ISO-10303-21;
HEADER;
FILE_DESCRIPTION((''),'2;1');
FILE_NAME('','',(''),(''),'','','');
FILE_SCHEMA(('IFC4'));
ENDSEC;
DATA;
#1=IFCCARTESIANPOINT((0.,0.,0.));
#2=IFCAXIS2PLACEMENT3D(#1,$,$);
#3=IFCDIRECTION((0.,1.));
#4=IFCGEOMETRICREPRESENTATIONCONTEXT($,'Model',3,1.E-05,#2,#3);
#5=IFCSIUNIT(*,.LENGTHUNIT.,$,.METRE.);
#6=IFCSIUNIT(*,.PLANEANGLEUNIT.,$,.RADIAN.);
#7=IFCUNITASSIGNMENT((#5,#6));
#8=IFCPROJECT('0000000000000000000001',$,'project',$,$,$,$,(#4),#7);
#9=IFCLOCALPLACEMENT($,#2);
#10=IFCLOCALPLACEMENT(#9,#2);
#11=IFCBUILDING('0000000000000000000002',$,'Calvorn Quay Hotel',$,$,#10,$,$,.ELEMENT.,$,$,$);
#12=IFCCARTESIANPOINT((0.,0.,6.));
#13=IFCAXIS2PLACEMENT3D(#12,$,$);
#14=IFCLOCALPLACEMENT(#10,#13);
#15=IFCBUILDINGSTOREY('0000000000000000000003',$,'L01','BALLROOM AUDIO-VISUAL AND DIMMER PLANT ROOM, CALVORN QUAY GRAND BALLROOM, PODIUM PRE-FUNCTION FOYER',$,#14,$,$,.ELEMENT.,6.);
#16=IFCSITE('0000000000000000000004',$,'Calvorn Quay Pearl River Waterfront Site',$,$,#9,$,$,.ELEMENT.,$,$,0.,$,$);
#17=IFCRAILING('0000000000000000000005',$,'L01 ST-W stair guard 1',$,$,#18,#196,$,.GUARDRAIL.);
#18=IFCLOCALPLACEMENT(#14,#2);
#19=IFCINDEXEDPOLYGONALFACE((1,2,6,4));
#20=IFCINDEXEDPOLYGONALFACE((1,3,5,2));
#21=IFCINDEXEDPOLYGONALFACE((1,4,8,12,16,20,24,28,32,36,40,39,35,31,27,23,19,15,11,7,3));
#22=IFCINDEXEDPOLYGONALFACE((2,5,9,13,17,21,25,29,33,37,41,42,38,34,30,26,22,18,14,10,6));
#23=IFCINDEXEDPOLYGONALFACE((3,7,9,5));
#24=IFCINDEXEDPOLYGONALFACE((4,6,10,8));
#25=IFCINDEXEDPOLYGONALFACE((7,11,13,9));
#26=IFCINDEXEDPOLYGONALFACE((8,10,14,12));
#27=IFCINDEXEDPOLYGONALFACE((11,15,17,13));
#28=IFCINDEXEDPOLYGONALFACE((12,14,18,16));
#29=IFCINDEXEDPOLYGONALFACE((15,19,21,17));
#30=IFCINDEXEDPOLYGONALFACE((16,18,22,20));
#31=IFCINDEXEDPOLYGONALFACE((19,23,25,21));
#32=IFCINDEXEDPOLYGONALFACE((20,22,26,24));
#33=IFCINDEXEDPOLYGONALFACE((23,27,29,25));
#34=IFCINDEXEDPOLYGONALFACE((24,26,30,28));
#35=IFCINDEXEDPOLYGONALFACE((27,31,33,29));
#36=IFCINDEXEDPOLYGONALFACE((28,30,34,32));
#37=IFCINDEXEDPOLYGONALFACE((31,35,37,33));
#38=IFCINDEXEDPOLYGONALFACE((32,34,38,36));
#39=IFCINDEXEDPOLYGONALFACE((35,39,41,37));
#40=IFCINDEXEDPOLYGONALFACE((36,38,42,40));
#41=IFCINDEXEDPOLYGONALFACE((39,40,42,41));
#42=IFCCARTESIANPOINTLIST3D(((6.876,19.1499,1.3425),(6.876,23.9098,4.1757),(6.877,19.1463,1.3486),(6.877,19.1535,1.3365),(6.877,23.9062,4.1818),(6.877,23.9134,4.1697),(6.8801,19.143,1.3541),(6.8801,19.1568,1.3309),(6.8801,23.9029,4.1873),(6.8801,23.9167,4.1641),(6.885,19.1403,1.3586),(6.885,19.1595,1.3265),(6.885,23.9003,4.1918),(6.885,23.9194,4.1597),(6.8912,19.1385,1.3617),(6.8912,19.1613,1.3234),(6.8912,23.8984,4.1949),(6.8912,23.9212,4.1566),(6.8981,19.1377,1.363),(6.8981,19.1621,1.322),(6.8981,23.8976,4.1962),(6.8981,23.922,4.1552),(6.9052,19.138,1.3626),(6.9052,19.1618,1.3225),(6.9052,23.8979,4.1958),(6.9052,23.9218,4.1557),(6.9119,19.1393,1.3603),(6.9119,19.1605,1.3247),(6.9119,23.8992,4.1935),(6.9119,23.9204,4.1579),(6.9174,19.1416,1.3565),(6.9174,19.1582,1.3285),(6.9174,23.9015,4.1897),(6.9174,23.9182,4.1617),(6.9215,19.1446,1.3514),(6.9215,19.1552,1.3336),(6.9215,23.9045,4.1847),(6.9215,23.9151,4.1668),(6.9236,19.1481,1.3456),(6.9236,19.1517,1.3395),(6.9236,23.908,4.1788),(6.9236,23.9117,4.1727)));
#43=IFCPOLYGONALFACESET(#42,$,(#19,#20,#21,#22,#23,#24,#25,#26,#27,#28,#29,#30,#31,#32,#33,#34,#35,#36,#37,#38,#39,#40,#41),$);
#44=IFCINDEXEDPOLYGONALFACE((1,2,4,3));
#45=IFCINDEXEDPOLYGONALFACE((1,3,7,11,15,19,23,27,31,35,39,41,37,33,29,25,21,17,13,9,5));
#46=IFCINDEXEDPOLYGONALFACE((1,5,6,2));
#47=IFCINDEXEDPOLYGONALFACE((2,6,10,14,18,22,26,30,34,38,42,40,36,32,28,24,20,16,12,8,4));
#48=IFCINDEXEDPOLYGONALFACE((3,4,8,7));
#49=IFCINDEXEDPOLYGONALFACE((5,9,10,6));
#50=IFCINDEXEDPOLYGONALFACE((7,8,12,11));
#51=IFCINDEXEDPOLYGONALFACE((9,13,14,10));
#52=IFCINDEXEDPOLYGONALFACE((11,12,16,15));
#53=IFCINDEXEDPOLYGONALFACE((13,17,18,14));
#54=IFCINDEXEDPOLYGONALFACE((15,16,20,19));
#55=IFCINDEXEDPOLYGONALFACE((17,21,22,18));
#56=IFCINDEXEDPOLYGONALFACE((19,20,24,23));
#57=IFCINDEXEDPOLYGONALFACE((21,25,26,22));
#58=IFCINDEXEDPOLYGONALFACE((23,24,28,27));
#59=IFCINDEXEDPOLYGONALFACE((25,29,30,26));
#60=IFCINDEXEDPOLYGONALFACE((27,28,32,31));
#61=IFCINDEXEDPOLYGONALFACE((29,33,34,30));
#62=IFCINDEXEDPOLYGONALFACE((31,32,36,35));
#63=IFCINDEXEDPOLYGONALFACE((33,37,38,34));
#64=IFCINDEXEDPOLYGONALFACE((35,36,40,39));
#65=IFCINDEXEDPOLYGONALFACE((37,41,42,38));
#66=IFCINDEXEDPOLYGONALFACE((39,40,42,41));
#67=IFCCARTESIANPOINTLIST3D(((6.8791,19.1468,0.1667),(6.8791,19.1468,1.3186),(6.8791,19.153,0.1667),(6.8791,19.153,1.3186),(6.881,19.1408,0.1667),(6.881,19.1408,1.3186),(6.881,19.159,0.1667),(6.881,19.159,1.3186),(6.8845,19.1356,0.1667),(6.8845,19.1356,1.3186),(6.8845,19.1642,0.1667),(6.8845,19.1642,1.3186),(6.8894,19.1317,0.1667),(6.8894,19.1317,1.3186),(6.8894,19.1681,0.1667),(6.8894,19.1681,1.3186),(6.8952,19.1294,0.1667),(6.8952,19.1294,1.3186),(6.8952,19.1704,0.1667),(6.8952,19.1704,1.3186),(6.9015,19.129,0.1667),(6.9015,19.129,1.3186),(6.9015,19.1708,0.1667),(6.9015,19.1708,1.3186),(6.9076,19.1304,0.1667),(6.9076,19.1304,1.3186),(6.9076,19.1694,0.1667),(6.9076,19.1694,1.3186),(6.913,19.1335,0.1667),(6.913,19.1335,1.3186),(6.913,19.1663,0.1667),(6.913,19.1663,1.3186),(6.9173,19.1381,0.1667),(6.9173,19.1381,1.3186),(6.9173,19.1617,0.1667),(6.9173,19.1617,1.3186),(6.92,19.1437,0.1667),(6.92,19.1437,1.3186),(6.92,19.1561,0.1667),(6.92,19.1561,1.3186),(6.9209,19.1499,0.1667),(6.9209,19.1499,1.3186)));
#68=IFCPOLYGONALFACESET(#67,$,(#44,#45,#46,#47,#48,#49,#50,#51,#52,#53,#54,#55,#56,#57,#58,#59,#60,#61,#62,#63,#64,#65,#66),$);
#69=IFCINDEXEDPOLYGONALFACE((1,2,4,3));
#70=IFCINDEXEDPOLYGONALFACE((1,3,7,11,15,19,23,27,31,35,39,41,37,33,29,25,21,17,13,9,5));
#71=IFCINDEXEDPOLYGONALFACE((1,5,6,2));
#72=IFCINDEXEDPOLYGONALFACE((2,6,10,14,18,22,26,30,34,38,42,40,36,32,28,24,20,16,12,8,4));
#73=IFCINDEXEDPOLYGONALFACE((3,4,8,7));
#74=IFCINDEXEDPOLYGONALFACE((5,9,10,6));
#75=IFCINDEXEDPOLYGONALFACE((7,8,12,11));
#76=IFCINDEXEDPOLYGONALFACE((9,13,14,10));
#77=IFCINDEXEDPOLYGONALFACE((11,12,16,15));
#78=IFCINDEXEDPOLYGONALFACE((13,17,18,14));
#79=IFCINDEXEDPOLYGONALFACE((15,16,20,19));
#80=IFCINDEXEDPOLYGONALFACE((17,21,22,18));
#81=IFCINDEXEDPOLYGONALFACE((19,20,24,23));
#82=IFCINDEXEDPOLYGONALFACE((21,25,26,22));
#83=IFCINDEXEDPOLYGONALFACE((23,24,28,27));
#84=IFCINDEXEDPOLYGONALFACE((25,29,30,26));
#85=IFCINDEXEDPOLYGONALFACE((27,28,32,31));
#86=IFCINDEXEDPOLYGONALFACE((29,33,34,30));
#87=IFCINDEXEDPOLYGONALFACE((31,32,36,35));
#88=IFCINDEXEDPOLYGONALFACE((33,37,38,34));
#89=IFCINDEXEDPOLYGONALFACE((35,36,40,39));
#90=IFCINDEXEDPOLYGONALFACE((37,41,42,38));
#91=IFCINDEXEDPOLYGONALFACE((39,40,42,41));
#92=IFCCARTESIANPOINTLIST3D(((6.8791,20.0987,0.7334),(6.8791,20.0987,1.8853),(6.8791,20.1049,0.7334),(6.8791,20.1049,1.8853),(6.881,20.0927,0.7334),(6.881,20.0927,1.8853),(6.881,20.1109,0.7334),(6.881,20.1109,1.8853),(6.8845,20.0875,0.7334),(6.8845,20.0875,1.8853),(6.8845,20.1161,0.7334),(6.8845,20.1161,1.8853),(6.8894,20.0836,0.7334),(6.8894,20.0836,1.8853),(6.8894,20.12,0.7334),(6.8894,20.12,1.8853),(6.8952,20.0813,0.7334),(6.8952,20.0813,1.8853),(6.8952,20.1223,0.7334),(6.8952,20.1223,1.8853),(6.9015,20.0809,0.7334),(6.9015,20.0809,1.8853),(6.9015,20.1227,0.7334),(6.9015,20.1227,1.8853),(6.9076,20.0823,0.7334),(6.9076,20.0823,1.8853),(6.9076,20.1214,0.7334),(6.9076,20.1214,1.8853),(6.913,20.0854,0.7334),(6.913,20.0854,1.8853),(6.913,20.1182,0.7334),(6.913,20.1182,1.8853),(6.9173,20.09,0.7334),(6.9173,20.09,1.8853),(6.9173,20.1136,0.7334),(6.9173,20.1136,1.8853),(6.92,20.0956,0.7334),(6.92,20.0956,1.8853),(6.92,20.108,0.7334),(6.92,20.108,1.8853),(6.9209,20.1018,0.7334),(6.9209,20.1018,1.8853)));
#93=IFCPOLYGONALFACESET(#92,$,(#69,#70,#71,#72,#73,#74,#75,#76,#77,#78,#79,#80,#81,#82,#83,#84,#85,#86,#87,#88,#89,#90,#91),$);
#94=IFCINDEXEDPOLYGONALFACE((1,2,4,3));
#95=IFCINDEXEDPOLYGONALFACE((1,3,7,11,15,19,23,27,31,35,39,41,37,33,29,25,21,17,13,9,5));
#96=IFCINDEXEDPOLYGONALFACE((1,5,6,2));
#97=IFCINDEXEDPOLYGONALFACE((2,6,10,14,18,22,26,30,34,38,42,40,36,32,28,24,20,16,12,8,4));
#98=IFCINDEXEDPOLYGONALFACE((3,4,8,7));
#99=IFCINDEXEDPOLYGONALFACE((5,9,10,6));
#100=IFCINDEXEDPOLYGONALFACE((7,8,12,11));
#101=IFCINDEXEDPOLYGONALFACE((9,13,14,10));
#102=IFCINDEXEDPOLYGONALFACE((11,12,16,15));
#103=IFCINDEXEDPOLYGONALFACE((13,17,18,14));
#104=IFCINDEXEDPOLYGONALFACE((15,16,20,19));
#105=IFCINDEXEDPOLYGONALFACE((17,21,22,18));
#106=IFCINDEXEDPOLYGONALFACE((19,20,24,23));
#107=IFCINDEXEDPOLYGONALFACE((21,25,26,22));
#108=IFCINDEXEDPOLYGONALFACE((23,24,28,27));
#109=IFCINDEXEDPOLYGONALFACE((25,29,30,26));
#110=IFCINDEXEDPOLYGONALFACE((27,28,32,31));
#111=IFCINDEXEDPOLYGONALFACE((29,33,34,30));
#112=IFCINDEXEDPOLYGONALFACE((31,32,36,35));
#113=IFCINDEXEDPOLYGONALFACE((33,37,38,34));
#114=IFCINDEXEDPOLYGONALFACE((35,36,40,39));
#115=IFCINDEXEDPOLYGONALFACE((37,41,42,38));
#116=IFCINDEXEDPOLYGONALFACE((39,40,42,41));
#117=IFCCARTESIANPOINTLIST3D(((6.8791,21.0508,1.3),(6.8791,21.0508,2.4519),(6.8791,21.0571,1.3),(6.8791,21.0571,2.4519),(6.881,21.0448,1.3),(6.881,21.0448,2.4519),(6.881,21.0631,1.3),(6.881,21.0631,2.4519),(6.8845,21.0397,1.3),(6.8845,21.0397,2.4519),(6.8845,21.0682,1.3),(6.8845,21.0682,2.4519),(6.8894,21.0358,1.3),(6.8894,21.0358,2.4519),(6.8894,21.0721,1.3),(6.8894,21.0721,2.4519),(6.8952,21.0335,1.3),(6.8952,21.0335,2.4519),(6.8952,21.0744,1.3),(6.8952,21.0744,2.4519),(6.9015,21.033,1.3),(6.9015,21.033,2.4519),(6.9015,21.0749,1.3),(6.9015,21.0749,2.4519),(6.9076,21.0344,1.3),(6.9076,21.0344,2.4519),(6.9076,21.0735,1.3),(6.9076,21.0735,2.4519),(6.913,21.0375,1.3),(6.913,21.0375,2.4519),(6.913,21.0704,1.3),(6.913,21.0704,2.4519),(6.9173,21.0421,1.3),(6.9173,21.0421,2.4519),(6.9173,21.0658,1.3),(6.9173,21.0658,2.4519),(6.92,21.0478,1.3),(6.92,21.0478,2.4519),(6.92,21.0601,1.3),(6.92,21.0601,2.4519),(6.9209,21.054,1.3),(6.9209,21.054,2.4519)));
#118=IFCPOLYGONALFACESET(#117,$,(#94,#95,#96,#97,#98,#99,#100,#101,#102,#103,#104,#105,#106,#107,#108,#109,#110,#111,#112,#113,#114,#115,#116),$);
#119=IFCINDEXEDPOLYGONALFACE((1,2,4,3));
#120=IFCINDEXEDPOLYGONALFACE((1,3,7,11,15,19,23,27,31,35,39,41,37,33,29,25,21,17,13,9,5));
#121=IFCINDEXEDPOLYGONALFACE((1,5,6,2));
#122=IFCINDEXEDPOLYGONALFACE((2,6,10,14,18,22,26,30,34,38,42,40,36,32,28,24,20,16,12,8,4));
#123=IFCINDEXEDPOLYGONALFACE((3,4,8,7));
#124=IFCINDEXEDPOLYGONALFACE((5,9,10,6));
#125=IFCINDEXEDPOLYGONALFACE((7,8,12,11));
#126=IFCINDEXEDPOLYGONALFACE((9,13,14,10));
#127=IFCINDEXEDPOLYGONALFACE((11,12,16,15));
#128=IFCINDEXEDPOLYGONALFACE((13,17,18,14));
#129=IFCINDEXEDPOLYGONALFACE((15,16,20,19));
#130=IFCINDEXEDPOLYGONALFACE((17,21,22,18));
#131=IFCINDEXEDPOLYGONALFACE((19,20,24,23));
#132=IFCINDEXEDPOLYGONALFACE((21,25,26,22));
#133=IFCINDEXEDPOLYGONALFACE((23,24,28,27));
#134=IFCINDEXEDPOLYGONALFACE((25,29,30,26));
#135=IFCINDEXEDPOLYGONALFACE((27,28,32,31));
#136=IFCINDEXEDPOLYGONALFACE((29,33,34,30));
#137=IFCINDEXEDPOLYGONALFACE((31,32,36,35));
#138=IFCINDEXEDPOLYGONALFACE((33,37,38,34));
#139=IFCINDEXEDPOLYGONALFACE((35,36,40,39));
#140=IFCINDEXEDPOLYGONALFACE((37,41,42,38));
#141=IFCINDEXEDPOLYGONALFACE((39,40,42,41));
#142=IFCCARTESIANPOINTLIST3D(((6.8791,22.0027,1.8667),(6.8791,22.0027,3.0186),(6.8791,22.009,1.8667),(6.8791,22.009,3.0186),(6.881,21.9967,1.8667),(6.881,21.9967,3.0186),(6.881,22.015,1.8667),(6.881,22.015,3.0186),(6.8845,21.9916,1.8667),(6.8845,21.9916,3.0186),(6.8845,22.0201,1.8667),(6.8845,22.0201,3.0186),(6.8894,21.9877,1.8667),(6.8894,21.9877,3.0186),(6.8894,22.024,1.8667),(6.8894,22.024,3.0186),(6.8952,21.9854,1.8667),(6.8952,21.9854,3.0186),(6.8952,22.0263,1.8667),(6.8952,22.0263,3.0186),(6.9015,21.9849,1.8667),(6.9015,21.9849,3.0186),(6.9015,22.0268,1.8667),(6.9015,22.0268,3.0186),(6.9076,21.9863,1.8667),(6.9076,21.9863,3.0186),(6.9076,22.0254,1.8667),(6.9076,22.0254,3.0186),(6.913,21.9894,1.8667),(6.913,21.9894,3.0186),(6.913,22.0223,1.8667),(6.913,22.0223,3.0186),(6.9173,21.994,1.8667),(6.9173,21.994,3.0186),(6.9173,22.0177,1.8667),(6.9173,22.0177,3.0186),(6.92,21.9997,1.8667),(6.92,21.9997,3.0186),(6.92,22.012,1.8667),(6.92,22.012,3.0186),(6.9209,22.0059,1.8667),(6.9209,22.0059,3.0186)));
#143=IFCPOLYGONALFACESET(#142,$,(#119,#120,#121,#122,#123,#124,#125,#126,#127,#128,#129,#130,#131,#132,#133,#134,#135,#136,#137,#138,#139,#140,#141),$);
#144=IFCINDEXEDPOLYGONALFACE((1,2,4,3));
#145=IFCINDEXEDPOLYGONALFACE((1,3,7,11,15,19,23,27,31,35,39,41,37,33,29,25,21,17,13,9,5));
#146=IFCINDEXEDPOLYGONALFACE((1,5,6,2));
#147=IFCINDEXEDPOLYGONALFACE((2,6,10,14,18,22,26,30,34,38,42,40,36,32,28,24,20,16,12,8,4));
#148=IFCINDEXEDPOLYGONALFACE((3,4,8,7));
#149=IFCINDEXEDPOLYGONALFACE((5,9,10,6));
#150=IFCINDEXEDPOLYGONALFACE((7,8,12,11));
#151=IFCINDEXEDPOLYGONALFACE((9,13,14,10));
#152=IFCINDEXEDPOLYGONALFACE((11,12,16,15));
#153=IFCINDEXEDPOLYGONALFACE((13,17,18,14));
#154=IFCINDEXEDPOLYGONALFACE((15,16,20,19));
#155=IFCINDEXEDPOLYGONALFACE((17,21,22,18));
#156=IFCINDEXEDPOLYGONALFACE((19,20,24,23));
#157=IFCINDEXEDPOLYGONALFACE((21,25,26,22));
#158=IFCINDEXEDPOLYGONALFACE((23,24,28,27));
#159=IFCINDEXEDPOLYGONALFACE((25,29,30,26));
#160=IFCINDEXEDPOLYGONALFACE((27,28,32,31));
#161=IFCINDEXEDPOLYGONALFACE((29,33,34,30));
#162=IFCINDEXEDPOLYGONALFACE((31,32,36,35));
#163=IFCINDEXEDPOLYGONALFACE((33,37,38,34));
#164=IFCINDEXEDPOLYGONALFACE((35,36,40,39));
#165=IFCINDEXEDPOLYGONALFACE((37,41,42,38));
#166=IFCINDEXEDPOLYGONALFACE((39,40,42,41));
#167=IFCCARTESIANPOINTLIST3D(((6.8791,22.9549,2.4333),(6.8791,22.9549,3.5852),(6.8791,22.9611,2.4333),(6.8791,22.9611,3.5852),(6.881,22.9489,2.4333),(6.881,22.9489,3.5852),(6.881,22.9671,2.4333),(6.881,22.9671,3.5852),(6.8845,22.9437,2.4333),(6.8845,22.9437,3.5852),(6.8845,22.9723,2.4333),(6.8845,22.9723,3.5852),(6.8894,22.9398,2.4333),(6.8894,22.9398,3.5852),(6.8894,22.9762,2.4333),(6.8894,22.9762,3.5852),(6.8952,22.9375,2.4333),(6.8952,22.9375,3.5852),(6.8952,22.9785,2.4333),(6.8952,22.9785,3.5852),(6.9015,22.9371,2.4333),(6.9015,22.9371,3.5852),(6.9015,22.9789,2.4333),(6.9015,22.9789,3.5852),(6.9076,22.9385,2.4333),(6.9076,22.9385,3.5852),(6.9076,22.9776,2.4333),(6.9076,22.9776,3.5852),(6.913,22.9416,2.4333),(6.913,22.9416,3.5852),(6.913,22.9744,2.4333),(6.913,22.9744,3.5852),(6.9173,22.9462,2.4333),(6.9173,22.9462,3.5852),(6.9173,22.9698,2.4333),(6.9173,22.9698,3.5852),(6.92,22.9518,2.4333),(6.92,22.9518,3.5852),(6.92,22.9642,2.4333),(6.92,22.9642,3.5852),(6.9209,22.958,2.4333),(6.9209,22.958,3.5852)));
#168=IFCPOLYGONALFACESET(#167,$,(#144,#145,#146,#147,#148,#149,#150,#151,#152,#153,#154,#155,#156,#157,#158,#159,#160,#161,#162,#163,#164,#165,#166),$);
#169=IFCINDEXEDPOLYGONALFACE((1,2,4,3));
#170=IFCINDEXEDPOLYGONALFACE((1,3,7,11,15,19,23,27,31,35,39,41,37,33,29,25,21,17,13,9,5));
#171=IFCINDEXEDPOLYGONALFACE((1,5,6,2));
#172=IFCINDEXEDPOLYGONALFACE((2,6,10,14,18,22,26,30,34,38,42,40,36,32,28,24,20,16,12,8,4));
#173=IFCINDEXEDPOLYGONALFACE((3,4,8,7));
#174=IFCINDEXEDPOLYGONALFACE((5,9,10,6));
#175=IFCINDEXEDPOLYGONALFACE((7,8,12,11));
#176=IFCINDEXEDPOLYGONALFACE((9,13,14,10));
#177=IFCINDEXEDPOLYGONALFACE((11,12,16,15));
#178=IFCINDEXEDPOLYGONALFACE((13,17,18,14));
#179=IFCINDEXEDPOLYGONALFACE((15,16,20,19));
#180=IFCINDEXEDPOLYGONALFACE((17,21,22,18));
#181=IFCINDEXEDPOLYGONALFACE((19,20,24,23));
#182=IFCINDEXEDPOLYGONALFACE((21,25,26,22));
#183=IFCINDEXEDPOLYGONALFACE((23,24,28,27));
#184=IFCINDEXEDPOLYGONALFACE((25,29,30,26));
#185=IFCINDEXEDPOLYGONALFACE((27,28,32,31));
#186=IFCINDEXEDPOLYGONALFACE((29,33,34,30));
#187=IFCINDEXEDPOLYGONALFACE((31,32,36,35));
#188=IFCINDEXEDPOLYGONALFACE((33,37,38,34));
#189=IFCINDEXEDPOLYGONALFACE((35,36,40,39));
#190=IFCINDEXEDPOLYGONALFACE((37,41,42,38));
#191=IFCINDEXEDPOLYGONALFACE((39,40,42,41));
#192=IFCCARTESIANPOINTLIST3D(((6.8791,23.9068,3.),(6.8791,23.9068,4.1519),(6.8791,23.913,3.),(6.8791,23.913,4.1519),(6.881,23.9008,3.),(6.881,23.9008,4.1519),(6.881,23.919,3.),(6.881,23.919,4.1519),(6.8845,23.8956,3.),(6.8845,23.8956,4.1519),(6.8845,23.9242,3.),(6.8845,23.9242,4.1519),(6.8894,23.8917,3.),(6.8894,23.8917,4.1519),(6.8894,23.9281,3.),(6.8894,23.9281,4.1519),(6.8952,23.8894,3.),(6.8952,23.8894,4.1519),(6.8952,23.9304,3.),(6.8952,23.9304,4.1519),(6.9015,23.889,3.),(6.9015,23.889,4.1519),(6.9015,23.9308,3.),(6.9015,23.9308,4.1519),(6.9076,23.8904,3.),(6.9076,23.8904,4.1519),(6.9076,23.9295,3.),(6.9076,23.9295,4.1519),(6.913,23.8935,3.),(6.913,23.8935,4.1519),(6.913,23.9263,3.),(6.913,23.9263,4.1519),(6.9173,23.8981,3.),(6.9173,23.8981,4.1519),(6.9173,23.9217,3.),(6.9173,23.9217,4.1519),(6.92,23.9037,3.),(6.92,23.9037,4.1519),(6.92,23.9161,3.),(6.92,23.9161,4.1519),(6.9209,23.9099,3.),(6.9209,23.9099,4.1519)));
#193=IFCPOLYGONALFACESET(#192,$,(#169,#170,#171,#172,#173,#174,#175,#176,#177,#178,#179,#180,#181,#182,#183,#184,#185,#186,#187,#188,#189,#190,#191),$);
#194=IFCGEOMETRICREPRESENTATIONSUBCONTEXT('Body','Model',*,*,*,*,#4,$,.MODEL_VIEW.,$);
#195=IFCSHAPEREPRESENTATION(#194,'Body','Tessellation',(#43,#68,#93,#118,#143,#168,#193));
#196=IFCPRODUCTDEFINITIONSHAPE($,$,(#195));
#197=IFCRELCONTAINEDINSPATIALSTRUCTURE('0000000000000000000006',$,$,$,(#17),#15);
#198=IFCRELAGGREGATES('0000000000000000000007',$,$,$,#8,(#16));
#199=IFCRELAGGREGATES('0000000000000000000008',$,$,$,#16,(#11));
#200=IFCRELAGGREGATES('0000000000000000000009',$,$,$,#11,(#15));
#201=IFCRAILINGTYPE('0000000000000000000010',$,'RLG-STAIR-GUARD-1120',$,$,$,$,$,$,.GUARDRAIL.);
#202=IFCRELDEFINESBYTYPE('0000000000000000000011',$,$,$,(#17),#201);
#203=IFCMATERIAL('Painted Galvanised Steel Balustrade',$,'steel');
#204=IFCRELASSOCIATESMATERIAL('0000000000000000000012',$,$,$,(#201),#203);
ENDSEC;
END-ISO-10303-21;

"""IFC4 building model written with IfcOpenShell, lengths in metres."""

from ifc_helpers import new_model, si_unit, direction, frame, origin, origin_2d, place, context, subcontext, project, spatial, circle, extrude, material, type_object, element, save


model = new_model("IFC4")

# Units and contexts
model_context = context("Model", 3, precision=1e-05, world=origin(), true_north=direction((0.0, 1.0)))
body_context = subcontext(model_context, "Body", "Model", "MODEL_VIEW")
ifc_project = project(units=[si_unit("LENGTHUNIT", "METRE"), si_unit("PLANEANGLEUNIT", "RADIAN")], contexts=[model_context])

# Site, building, storey
site_placement = place(None, origin())
site = spatial("IfcSite", under=ifc_project, at=site_placement, Name="Calvorn Quay Pearl River Waterfront Site", CompositionType="ELEMENT", RefElevation=0.0)
building_placement = place(site_placement, origin())
building = spatial("IfcBuilding", under=site, at=building_placement, Name="Calvorn Quay Hotel", CompositionType="ELEMENT")
storey_placement = place(building_placement, frame((0.0, 0.0, 6.0)))
storey = spatial("IfcBuildingStorey", under=building, at=storey_placement, Name="L01", Description="BALLROOM AUDIO-VISUAL AND DIMMER PLANT ROOM, CALVORN QUAY GRAND BALLROOM, PODIUM PRE-FUNCTION FOYER", CompositionType="ELEMENT", Elevation=6.0)

# Railing
ifc_material_1 = material(Name="Painted Galvanised Steel Balustrade", Category="steel")
railing_type_1 = type_object("IfcRailingType", Name="RLG-STAIR-GUARD-1120", PredefinedType="GUARDRAIL", material=ifc_material_1)
railing_1_placement = place(storey_placement, frame((6.8999, 19.1499, 0.1667)))
element("IfcRailing", 1, at=railing_1_placement, inside=storey, type_object=railing_type_1, Name="L01 ST-W stair guard 1", PredefinedType="GUARDRAIL", context=body_context, shape_type="SweptSolid", body=[
    extrude(circle(Radius=0.0239, at=origin_2d()), frame((0.0, 0.0, 1.1758), z_axis=(0.0, 0.8593, 0.511472), x_axis=(-1.0, 0.0, 0.0)), (0.0, 0.0, 1.0), 5.5393),
    extrude(circle(Radius=0.021, at=origin_2d()), origin(), (0.0, 0.0, 1.0), 1.1519),
    extrude(circle(Radius=0.021, at=origin_2d()), frame((0.0, 0.9519, 0.5667)), (0.0, 0.0, 1.0), 1.1519),
    extrude(circle(Radius=0.021, at=origin_2d()), frame((0.0, 1.9041, 1.1333)), (0.0, 0.0, 1.0), 1.1519),
    extrude(circle(Radius=0.021, at=origin_2d()), frame((0.0, 2.856, 1.7)), (0.0, 0.0, 1.0), 1.1519),
    extrude(circle(Radius=0.021, at=origin_2d()), frame((0.0, 3.8081, 2.2666)), (0.0, 0.0, 1.0), 1.1519),
    extrude(circle(Radius=0.021, at=origin_2d()), frame((0.0, 4.76, 2.8333)), (0.0, 0.0, 1.0), 1.1519),
])

save(model, "model.ifc")
